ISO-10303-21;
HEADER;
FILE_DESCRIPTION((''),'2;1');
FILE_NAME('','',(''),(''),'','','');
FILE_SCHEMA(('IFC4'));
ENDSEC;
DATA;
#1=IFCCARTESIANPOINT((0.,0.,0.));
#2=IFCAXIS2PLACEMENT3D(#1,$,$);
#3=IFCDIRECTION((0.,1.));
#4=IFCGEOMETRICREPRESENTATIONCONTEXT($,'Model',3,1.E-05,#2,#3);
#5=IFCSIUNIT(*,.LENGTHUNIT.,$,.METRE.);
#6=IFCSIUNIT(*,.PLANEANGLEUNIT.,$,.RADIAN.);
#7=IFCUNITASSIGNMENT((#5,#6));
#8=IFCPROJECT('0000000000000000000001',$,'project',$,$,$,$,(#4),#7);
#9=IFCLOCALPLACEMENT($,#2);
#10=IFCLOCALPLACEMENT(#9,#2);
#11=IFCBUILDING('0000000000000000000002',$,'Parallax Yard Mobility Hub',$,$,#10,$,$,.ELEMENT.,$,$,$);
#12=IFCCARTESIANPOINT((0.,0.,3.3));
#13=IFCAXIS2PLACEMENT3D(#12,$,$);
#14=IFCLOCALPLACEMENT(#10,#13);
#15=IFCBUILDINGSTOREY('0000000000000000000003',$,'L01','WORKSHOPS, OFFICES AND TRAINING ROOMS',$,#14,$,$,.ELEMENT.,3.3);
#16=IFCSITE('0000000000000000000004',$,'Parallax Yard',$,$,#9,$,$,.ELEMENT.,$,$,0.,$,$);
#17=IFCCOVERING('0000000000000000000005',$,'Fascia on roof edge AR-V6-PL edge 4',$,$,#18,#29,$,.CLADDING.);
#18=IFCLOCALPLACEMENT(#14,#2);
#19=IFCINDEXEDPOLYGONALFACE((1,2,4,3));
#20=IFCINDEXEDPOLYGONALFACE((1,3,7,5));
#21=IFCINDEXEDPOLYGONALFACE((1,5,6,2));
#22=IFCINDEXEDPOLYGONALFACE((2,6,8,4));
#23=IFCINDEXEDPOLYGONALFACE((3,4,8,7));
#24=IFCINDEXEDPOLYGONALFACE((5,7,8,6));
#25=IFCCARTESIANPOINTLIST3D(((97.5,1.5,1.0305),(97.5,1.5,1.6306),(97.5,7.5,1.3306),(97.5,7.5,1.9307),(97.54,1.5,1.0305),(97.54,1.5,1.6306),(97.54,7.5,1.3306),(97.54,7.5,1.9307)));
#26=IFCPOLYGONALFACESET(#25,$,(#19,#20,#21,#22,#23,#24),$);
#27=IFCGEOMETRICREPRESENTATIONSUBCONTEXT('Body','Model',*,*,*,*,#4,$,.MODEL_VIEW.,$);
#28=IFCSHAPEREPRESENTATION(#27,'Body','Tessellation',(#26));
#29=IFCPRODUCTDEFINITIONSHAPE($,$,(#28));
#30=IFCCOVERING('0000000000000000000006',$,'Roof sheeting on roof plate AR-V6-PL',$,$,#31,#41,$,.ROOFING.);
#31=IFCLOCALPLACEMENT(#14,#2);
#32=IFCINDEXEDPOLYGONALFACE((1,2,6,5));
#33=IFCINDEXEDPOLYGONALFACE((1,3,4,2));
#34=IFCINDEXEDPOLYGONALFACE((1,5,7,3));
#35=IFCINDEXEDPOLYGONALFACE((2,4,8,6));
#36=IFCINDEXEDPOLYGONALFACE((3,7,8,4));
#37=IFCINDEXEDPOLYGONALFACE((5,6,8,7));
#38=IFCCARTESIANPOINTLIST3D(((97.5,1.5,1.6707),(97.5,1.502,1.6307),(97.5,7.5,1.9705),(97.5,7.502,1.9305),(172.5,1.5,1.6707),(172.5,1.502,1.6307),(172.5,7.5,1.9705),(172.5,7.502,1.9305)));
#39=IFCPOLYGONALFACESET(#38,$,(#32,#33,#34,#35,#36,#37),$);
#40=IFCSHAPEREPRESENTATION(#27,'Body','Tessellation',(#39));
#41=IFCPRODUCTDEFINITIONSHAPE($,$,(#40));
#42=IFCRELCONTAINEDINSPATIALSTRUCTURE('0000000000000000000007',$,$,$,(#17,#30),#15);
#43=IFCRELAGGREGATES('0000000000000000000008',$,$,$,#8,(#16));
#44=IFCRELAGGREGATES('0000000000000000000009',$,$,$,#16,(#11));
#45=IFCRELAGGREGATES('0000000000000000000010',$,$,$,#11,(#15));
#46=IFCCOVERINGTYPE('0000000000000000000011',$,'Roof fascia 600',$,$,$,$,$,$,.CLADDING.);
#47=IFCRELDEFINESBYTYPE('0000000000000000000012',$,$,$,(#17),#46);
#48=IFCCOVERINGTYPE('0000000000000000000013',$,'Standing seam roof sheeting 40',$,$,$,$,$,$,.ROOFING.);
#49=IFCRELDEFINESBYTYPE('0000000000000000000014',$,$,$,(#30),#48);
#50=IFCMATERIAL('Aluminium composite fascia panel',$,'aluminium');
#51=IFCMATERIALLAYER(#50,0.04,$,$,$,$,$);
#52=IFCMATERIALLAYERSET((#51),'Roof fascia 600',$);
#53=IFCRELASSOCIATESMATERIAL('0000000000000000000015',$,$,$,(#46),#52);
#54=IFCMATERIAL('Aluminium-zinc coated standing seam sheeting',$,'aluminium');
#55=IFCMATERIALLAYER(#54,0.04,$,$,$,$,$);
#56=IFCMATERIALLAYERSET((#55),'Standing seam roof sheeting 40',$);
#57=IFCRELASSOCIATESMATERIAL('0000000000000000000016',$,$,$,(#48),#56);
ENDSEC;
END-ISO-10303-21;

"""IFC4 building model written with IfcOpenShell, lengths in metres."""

from ifc_helpers import new_model, si_unit, direction, frame, origin, place, context, subcontext, project, spatial, polyline, outline, extrude, material, layer, layer_set, type_object, element, save


model = new_model("IFC4")

# Units and contexts
model_context = context("Model", 3, precision=1e-05, world=origin(), true_north=direction((0.0, 1.0)))
body_context = subcontext(model_context, "Body", "Model", "MODEL_VIEW")
ifc_project = project(units=[si_unit("LENGTHUNIT", "METRE"), si_unit("PLANEANGLEUNIT", "RADIAN")], contexts=[model_context])

# Site, building, storey
site_placement = place(None, origin())
site = spatial("IfcSite", under=ifc_project, at=site_placement, Name="Parallax Yard", CompositionType="ELEMENT", RefElevation=0.0)
building_placement = place(site_placement, origin())
building = spatial("IfcBuilding", under=site, at=building_placement, Name="Parallax Yard Mobility Hub", CompositionType="ELEMENT")
storey_placement = place(building_placement, frame((0.0, 0.0, 3.3)))
storey = spatial("IfcBuildingStorey", under=building, at=storey_placement, Name="L01", Description="WORKSHOPS, OFFICES AND TRAINING ROOMS", CompositionType="ELEMENT", Elevation=3.3)

# Coverings
ifc_material_1 = material(Name="Aluminium composite fascia panel", Category="aluminium")
ifc_layer_1 = layer(ifc_material_1, 0.04)
ifc_layer_set_1 = layer_set([ifc_layer_1], Name="Roof fascia 600")
covering_type_1 = type_object("IfcCoveringType", Name="Roof fascia 600", PredefinedType="CLADDING", material=ifc_layer_set_1)
covering_1_placement = place(storey_placement, frame((97.54, 7.5, 1.9307), z_axis=(1.0, 0.0, 0.0), x_axis=(0.0, -0.998752, -0.049946)))
element("IfcCovering", 1, at=covering_1_placement, inside=storey, type_object=covering_type_1, Name="Fascia on roof edge AR-V6-PL edge 4", PredefinedType="CLADDING", context=body_context, shape_type="SweptSolid", body=[
    extrude(outline(polyline([(0.0, 0.0), (6.0075, 0.0), (6.0375, 0.5993), (0.03, 0.5993), (0.0, 0.0)])), origin(), (0.0, 0.0, -1.0), 0.04),
])
ifc_material_2 = material(Name="Aluminium-zinc coated standing seam sheeting", Category="aluminium")
ifc_layer_2 = layer(ifc_material_2, 0.04)
ifc_layer_set_2 = layer_set([ifc_layer_2], Name="Standing seam roof sheeting 40")
covering_type_2 = type_object("IfcCoveringType", Name="Standing seam roof sheeting 40", PredefinedType="ROOFING", material=ifc_layer_set_2)
covering_2_placement = place(storey_placement, frame((97.5, 1.5, 1.6707), z_axis=(0.0, -0.049905, 0.998754), x_axis=(1.0, 0.0, 0.0)))
element("IfcCovering", 2, at=covering_2_placement, inside=storey, type_object=covering_type_2, Name="Roof sheeting on roof plate AR-V6-PL", PredefinedType="ROOFING", context=body_context, shape_type="SweptSolid", body=[
    extrude(outline(polyline([(0.0, 0.0), (75.0, 0.0), (75.0, 6.0075), (0.0, 6.0075), (0.0, 0.0)])), origin(), (0.0, 0.0, -1.0), 0.04),
])

save(model, "model.ifc")
